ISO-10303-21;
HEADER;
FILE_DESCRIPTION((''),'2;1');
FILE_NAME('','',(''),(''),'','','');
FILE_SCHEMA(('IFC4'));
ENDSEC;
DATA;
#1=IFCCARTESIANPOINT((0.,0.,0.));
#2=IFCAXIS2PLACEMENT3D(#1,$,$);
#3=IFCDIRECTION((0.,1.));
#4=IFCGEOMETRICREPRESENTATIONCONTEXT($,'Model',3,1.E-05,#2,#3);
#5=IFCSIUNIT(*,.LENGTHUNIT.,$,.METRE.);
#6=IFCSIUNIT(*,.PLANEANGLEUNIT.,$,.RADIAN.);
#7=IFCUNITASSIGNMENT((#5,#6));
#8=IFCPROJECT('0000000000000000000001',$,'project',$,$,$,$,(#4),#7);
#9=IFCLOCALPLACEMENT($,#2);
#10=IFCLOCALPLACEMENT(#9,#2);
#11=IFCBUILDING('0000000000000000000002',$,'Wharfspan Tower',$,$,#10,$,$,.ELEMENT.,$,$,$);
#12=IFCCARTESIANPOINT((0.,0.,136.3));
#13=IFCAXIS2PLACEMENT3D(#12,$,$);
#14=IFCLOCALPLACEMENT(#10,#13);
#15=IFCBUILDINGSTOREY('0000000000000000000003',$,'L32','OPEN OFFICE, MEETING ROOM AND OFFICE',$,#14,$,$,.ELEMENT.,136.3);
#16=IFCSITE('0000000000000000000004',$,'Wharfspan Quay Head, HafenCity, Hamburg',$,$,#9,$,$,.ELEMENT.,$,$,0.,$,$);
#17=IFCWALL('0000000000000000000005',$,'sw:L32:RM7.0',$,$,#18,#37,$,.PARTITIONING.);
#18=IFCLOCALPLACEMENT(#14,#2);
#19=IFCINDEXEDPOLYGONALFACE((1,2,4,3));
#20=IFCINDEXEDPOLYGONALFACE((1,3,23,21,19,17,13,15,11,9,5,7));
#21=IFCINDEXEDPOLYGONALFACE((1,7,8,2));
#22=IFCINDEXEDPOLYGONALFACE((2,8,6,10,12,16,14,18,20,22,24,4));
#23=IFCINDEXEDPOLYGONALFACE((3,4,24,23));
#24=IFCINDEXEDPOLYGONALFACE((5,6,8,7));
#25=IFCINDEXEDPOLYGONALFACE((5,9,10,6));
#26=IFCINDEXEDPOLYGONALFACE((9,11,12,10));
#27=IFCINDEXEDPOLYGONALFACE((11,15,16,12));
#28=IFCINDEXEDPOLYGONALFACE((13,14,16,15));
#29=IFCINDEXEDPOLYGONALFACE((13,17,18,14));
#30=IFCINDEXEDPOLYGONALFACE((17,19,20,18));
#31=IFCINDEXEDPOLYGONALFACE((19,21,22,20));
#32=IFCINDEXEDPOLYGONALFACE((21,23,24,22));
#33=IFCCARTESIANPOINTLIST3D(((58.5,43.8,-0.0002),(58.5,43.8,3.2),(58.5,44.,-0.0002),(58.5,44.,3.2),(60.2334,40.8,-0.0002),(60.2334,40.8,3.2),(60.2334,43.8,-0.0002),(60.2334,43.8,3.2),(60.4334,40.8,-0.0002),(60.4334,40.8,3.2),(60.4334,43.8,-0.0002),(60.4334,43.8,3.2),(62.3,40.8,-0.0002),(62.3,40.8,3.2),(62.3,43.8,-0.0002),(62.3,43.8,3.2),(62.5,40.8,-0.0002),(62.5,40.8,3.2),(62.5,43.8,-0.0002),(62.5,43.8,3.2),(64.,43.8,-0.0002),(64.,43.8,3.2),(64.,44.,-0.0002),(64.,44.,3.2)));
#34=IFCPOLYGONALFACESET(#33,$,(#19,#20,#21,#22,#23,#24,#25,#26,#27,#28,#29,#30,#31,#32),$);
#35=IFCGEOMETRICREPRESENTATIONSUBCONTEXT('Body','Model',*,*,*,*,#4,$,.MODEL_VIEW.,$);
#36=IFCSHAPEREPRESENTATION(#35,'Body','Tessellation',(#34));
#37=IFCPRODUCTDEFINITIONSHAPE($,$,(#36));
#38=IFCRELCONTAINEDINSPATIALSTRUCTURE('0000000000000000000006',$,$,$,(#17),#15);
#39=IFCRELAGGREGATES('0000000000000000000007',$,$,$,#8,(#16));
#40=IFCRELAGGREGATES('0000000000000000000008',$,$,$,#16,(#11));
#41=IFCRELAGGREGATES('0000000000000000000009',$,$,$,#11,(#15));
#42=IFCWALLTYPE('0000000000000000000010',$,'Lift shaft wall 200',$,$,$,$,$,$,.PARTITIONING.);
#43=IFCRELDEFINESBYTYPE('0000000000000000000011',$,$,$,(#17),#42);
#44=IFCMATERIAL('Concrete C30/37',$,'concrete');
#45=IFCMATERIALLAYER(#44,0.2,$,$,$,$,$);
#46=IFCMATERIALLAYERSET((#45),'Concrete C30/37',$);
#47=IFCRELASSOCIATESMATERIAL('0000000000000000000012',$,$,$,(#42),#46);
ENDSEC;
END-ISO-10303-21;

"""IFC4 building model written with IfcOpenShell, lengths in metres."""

from ifc_helpers import new_model, si_unit, direction, frame, origin, place, context, subcontext, project, spatial, polyline, outline, extrude, material, layer, layer_set, type_object, element, save


model = new_model("IFC4")

# Units and contexts
model_context = context("Model", 3, precision=1e-05, world=origin(), true_north=direction((0.0, 1.0)))
body_context = subcontext(model_context, "Body", "Model", "MODEL_VIEW")
ifc_project = project(units=[si_unit("LENGTHUNIT", "METRE"), si_unit("PLANEANGLEUNIT", "RADIAN")], contexts=[model_context])

# Site, building, storey
site_placement = place(None, origin())
site = spatial("IfcSite", under=ifc_project, at=site_placement, Name="Wharfspan Quay Head, HafenCity, Hamburg", CompositionType="ELEMENT", RefElevation=0.0)
building_placement = place(site_placement, origin())
building = spatial("IfcBuilding", under=site, at=building_placement, Name="Wharfspan Tower", CompositionType="ELEMENT")
storey_placement = place(building_placement, frame((0.0, 0.0, 136.3)))
storey = spatial("IfcBuildingStorey", under=building, at=storey_placement, Name="L32", Description="OPEN OFFICE, MEETING ROOM AND OFFICE", CompositionType="ELEMENT", Elevation=136.3)

# Wall
ifc_material_1 = material(Name="Concrete C30/37", Category="concrete")
ifc_layer_1 = layer(ifc_material_1, 0.2)
ifc_layer_set_1 = layer_set([ifc_layer_1], Name="Concrete C30/37")
wall_type_1 = type_object("IfcWallType", Name="Lift shaft wall 200", PredefinedType="PARTITIONING", material=ifc_layer_set_1)
wall_1_placement = place(storey_placement, frame((0.0, 0.0, -0.0002)))
element("IfcWall", 1, at=wall_1_placement, inside=storey, type_object=wall_type_1, Name="sw:L32:RM7.0", PredefinedType="PARTITIONING", context=body_context, shape_type="SweptSolid", body=[
    extrude(outline(polyline([(60.4333, 40.8), (60.2334, 40.8), (60.2334, 43.8), (58.5, 43.8), (58.5, 44.0), (64.0, 44.0), (64.0, 43.8), (62.5, 43.8), (62.5, 40.8), (62.3, 40.8), (62.3, 43.8), (60.4333, 43.8), (60.4333, 40.8)])), origin(), (0.0, 0.0, 1.0), 3.2002),
])

save(model, "model.ifc")
